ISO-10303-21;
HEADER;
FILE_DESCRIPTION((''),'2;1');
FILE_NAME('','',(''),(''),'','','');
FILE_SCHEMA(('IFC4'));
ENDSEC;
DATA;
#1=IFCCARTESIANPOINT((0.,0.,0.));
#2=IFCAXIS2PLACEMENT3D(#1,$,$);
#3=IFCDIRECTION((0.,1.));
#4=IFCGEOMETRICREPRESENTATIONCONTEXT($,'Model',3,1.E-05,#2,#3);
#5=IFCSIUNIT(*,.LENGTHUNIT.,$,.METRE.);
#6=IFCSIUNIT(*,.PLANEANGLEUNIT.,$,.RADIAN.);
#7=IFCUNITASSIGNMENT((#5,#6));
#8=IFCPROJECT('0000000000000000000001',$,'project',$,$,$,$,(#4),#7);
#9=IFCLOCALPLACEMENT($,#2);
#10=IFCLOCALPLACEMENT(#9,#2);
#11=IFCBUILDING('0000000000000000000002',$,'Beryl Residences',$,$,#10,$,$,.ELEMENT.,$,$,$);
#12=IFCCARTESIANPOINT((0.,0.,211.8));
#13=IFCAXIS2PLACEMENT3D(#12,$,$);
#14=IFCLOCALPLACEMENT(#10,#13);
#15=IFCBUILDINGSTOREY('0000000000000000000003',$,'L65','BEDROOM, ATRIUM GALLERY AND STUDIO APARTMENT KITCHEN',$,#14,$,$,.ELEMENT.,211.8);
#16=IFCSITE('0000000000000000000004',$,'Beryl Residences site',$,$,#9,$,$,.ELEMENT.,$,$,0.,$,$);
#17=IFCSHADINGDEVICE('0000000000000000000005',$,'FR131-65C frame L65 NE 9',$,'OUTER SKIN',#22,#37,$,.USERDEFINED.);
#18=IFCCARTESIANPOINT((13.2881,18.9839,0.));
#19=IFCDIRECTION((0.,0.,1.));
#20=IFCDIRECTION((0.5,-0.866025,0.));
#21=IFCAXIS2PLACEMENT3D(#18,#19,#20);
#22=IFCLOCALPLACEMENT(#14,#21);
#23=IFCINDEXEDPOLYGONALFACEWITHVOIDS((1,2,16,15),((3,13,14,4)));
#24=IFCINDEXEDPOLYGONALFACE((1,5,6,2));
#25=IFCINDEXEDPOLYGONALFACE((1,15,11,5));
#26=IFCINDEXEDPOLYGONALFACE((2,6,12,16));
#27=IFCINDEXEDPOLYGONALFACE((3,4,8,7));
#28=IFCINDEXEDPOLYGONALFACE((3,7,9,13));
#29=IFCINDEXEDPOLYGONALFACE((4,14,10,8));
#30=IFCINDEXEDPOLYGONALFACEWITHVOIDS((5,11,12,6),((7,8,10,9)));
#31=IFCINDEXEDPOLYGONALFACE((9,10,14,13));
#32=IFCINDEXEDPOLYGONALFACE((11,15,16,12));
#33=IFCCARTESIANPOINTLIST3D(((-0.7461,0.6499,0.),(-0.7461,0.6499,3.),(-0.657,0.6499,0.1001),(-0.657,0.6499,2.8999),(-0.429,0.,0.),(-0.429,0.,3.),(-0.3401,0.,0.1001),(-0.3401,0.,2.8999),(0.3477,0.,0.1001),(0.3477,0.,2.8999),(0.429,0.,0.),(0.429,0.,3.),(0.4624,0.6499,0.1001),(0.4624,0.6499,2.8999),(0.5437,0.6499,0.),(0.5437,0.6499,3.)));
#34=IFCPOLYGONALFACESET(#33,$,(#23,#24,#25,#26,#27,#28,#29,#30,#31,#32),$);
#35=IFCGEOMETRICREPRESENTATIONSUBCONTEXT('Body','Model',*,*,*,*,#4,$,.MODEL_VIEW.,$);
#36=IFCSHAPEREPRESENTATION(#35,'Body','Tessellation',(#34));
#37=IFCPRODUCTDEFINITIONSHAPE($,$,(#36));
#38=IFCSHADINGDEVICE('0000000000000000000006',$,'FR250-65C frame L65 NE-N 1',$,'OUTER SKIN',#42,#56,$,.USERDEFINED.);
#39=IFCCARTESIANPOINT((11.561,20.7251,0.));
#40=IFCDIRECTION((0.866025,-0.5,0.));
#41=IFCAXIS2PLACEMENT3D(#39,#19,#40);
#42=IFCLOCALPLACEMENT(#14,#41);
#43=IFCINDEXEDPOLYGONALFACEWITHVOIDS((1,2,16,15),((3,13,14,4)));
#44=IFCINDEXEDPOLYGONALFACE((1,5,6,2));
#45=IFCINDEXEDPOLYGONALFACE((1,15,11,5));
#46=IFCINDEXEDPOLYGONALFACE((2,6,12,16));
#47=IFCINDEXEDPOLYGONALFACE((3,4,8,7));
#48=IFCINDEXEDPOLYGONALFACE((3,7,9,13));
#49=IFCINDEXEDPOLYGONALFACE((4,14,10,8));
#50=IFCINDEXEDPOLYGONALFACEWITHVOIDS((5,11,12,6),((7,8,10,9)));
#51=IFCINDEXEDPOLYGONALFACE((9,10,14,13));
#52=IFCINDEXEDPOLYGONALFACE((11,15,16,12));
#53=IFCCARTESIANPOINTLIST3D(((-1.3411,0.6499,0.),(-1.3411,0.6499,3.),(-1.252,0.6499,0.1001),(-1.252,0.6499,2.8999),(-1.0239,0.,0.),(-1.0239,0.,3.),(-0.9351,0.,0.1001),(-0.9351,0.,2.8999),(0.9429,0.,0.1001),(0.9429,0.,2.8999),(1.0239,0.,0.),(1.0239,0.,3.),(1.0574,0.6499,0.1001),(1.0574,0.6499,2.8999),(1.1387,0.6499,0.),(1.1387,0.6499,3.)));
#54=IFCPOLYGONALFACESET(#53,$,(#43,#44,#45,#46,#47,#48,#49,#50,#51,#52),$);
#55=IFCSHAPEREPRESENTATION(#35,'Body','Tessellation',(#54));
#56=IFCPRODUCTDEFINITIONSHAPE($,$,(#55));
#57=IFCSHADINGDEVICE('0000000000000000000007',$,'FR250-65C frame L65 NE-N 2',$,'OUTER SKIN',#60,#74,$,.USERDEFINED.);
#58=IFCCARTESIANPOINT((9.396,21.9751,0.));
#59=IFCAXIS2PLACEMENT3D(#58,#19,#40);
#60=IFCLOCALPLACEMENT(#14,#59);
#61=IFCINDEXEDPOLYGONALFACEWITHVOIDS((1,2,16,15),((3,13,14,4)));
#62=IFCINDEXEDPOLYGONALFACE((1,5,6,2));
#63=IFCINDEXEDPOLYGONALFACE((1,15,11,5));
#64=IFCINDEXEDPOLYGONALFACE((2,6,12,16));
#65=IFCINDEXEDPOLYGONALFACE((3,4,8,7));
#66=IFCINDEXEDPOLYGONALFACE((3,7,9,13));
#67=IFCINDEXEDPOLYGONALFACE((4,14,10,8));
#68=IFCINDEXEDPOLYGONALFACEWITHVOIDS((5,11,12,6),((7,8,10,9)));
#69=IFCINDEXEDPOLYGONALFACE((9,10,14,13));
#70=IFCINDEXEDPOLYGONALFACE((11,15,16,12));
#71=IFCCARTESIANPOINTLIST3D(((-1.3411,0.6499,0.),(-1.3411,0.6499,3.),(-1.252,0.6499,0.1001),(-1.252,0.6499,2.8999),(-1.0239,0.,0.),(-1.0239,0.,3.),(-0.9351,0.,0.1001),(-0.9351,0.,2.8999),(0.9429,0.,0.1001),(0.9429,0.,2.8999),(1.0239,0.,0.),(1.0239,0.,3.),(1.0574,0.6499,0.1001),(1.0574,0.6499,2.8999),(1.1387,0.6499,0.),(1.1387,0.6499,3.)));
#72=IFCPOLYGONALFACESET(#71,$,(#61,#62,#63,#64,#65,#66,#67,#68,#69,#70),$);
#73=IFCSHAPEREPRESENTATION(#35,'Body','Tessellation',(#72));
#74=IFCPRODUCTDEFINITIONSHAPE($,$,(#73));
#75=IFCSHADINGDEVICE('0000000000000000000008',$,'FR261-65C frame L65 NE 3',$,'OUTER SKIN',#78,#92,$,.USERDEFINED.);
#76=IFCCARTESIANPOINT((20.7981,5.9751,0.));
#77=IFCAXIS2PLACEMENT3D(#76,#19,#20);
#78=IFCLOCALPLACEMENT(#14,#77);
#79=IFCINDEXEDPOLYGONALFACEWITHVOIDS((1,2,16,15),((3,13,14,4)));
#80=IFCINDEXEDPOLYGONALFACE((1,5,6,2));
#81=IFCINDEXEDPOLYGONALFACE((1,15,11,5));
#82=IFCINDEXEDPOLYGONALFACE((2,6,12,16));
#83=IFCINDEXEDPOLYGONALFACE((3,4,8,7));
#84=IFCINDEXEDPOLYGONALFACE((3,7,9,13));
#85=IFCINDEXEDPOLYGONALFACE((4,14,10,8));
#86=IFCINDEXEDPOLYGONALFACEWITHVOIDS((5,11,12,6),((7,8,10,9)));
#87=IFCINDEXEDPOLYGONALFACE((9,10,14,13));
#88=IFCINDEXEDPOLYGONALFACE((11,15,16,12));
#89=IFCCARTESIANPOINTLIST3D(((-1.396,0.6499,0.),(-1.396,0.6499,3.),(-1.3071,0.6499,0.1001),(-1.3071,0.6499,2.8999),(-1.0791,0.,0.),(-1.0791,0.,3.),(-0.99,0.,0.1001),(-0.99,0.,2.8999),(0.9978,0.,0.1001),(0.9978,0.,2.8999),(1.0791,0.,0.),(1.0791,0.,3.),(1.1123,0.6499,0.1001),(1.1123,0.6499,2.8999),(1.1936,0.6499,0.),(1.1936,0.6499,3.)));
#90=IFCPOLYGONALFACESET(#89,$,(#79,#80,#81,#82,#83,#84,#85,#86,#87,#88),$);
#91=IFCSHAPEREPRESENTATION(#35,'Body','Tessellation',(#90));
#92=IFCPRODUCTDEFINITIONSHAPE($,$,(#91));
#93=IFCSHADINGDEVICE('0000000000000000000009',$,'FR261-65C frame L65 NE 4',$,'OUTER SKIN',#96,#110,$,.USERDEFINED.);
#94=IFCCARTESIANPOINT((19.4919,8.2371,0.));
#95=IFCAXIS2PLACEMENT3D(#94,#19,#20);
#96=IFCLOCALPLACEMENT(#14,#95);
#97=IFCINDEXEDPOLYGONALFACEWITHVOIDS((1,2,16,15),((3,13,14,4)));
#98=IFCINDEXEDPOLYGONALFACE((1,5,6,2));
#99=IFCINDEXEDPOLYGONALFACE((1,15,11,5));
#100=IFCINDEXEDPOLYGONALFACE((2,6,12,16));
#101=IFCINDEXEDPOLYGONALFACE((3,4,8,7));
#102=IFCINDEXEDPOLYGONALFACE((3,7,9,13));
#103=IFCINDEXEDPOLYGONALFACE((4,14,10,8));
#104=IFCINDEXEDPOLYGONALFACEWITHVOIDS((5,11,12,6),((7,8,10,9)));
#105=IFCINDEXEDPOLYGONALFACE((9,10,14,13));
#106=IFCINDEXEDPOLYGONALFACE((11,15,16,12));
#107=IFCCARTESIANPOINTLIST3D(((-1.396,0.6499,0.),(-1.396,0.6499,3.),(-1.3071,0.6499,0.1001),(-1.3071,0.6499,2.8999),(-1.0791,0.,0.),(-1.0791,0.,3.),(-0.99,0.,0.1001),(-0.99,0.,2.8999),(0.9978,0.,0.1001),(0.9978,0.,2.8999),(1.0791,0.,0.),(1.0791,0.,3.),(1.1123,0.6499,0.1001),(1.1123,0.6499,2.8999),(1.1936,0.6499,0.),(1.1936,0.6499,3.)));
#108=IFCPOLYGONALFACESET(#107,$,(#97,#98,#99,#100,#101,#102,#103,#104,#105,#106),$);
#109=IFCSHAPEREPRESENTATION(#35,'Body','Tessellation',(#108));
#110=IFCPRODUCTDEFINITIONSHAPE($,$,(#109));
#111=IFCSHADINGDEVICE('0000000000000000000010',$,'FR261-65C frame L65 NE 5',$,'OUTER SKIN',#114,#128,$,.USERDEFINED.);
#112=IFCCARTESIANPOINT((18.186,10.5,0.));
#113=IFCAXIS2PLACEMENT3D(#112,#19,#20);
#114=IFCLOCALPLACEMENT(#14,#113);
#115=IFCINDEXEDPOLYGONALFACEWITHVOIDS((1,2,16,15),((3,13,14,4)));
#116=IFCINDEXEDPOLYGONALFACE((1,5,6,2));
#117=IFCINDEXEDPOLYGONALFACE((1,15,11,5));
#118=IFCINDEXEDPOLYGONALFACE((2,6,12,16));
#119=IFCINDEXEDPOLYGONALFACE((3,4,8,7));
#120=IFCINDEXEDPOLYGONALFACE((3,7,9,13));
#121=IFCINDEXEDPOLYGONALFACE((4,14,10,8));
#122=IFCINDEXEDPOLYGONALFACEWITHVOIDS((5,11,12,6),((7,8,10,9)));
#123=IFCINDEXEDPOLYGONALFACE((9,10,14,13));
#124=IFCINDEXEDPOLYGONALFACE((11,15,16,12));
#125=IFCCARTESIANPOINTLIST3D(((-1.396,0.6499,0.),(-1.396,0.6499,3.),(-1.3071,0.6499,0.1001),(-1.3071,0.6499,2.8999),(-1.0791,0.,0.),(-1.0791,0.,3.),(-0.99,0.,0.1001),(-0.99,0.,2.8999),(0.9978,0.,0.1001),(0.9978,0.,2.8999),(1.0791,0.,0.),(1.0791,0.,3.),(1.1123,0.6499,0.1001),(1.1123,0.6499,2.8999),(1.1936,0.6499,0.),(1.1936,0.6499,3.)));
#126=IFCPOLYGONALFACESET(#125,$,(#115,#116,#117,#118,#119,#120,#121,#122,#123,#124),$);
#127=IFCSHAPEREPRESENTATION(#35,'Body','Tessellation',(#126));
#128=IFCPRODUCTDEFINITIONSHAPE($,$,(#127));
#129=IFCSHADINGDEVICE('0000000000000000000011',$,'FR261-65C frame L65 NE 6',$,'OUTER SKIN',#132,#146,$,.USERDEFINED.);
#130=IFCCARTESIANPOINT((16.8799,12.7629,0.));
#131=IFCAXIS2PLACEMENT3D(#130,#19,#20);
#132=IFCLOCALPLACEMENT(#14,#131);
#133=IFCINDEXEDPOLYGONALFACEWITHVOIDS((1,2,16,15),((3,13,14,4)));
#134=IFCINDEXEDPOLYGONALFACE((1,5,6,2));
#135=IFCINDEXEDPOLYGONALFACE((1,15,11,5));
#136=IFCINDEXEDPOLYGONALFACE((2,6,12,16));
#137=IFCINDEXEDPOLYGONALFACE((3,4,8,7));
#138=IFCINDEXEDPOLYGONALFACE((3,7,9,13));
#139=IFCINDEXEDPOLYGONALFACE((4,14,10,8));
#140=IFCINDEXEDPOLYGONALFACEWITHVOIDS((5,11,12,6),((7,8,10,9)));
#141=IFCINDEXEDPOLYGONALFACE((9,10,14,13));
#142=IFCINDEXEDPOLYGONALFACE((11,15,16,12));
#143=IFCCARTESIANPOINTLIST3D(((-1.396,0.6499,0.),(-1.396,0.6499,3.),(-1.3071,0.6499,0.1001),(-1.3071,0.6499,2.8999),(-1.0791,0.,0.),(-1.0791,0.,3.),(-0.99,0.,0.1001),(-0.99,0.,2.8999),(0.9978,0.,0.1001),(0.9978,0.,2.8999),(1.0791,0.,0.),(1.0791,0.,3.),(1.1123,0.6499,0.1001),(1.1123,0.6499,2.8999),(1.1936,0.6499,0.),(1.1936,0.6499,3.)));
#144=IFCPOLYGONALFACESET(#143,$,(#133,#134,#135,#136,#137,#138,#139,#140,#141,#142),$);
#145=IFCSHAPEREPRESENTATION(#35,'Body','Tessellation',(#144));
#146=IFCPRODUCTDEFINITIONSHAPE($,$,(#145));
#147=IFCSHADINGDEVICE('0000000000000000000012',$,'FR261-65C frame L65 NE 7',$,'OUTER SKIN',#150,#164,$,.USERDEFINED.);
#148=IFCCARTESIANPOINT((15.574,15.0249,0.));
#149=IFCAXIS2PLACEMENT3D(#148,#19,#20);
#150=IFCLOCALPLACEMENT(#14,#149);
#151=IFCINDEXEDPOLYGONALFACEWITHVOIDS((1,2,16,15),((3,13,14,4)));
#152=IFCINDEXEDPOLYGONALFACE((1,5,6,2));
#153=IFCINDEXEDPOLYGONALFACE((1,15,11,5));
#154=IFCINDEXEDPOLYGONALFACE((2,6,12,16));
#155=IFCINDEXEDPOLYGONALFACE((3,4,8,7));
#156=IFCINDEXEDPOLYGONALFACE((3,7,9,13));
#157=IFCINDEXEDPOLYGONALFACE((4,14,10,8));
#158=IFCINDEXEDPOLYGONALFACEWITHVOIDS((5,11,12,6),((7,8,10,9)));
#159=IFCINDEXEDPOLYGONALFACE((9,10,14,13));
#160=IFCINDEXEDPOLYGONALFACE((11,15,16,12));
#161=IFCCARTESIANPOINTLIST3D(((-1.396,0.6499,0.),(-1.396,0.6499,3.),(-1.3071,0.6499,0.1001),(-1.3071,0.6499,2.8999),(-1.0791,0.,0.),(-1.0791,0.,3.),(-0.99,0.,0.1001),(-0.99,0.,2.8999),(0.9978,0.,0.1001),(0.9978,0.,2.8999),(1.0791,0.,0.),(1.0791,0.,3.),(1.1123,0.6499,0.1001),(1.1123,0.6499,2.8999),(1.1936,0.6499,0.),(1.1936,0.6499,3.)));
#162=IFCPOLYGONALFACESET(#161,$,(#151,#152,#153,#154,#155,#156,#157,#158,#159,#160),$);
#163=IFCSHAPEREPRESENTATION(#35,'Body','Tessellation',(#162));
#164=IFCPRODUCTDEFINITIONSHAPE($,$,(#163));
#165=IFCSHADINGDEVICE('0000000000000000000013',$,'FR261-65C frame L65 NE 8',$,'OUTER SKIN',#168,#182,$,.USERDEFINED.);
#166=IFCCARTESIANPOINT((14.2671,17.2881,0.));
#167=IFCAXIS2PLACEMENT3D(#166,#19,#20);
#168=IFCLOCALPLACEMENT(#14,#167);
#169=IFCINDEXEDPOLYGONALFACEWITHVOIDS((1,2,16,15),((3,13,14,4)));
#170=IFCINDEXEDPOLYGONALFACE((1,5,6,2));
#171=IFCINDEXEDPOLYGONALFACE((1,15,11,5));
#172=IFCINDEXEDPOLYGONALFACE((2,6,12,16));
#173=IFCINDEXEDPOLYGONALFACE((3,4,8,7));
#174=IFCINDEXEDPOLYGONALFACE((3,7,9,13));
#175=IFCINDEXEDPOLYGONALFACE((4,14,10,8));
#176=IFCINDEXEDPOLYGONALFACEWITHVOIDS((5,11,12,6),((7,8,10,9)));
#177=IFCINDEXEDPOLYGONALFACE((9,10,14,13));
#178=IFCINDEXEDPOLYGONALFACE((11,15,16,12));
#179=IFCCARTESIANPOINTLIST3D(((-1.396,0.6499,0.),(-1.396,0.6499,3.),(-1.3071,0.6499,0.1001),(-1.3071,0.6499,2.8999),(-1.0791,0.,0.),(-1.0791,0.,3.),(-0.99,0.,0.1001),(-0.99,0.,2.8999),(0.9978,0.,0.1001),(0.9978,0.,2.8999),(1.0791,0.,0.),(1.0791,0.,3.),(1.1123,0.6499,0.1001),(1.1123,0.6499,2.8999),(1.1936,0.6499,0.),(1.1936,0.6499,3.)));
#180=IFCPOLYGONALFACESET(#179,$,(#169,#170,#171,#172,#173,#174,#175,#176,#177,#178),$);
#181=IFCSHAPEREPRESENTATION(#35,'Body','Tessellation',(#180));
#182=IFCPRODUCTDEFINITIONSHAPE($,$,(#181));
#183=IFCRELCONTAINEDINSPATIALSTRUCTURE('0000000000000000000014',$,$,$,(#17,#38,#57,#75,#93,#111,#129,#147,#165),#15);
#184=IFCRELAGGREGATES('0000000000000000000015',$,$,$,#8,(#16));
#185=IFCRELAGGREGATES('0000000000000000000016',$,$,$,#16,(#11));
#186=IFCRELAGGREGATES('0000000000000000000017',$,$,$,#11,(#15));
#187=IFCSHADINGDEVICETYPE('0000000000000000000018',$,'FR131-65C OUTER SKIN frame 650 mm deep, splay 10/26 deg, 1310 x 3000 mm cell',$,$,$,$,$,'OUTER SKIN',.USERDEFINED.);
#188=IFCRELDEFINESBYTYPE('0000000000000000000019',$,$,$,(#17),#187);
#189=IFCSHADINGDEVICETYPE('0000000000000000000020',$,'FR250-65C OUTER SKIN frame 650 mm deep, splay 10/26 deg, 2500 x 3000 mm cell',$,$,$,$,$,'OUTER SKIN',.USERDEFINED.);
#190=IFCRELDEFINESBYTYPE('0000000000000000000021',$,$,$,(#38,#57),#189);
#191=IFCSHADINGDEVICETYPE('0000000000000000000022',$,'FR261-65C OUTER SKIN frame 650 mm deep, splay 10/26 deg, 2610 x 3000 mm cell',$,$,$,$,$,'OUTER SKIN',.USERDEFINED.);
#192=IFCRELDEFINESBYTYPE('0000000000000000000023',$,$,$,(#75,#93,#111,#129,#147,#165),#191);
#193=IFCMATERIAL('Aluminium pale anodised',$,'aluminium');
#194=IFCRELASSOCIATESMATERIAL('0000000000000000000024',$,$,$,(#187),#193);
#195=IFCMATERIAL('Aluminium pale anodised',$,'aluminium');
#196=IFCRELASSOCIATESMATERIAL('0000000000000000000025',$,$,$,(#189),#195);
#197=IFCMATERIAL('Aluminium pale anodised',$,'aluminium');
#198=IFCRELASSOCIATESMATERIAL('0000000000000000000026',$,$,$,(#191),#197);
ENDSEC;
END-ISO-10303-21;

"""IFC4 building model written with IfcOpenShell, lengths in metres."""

from ifc_helpers import new_model, entity, si_unit, direction, frame, origin, place, context, subcontext, project, spatial, source, transform, mapped, material, type_object, type_shapes, element, save


model = new_model("IFC4")

# Units and contexts
model_context = context("Model", 3, precision=1e-05, world=origin(), true_north=direction((0.0, 1.0)))
body_context = subcontext(model_context, "Body", "Model", "MODEL_VIEW")
ifc_project = project(units=[si_unit("LENGTHUNIT", "METRE"), si_unit("PLANEANGLEUNIT", "RADIAN")], contexts=[model_context])

# Site, building, storey
site_placement = place(None, origin())
site = spatial("IfcSite", under=ifc_project, at=site_placement, Name="Beryl Residences site", CompositionType="ELEMENT", RefElevation=0.0)
building_placement = place(site_placement, origin())
building = spatial("IfcBuilding", under=site, at=building_placement, Name="Beryl Residences", CompositionType="ELEMENT")
storey_placement = place(building_placement, frame((0.0, 0.0, 211.8)))
storey = spatial("IfcBuildingStorey", under=building, at=storey_placement, Name="L65", Description="BEDROOM, ATRIUM GALLERY AND STUDIO APARTMENT KITCHEN", CompositionType="ELEMENT", Elevation=211.8)

# Shading devices
ifc_material_1 = material(Name="Aluminium pale anodised", Category="aluminium")
shading_device_type_1 = type_object("IfcShadingDeviceType", Name="FR131-65C OUTER SKIN frame 650 mm deep, splay 10/26 deg, 1310 x 3000 mm cell", ElementType="OUTER SKIN", PredefinedType="USERDEFINED", material=ifc_material_1)
cartesian_point_1 = entity("IfcCartesianPoint", [-0.429, 0.0])
cartesian_point_2 = entity("IfcCartesianPoint", [-0.3477, 0.1001])
cartesian_point_3 = entity("IfcCartesianPoint", [-0.5437, 0.0])
cartesian_point_4 = entity("IfcCartesianPoint", [-0.4624, 0.1001])
shared_shape_1 = source(origin(), body_context, "Body", "SweptSolid", [
    entity("IfcExtrudedAreaSolidTapered", entity("IfcArbitraryProfileDefWithVoids", "AREA", None, entity("IfcPolyline", [cartesian_point_1, entity("IfcCartesianPoint", [0.429, 0.0]), entity("IfcCartesianPoint", [0.429, 3.0]), entity("IfcCartesianPoint", [-0.429, 3.0]), cartesian_point_1]), [entity("IfcPolyline", [cartesian_point_2, entity("IfcCartesianPoint", [0.3401, 0.1001]), entity("IfcCartesianPoint", [0.3401, 2.8999]), entity("IfcCartesianPoint", [-0.3477, 2.8999]), cartesian_point_2])]), entity("IfcAxis2Placement3D", entity("IfcCartesianPoint", [0.0, 0.0, 0.0]), entity("IfcDirection", [0.0, 1.0, 0.0]), entity("IfcDirection", [-1.0, 0.0, 0.0])), entity("IfcDirection", [0.0, 0.0, 1.0]), 0.6499, entity("IfcArbitraryProfileDefWithVoids", "AREA", None, entity("IfcPolyline", [cartesian_point_3, entity("IfcCartesianPoint", [0.7461, 0.0]), entity("IfcCartesianPoint", [0.7461, 3.0]), entity("IfcCartesianPoint", [-0.5437, 3.0]), cartesian_point_3]), [entity("IfcPolyline", [cartesian_point_4, entity("IfcCartesianPoint", [0.657, 0.1001]), entity("IfcCartesianPoint", [0.657, 2.8999]), entity("IfcCartesianPoint", [-0.4624, 2.8999]), cartesian_point_4])])),
])
type_shapes(shading_device_type_1, [shared_shape_1])
shading_device_placement = place(storey_placement, frame((13.2881, 18.9839, 0.0), z_axis=(0.0, 0.0, 1.0), x_axis=(0.5, -0.866025, 0.0)))
element("IfcShadingDevice", 1, at=shading_device_placement, inside=storey, type_object=shading_device_type_1, Name="FR131-65C frame L65 NE 9", ObjectType="OUTER SKIN", PredefinedType="USERDEFINED", context=body_context, shape_type="MappedRepresentation", body=[
    mapped(shared_shape_1, transform((0.0, 0.0, 0.0))),
])
ifc_material_2 = material(Name="Aluminium pale anodised", Category="aluminium")
shading_device_type_2 = type_object("IfcShadingDeviceType", Name="FR250-65C OUTER SKIN frame 650 mm deep, splay 10/26 deg, 2500 x 3000 mm cell", ElementType="OUTER SKIN", PredefinedType="USERDEFINED", material=ifc_material_2)
cartesian_point_5 = entity("IfcCartesianPoint", [-1.0239, 0.0])
cartesian_point_6 = entity("IfcCartesianPoint", [-0.9429, 0.1001])
cartesian_point_7 = entity("IfcCartesianPoint", [-1.1387, 0.0])
cartesian_point_8 = entity("IfcCartesianPoint", [-1.0574, 0.1001])
shared_shape_2 = source(origin(), body_context, "Body", "SweptSolid", [
    entity("IfcExtrudedAreaSolidTapered", entity("IfcArbitraryProfileDefWithVoids", "AREA", None, entity("IfcPolyline", [cartesian_point_5, entity("IfcCartesianPoint", [1.0239, 0.0]), entity("IfcCartesianPoint", [1.0239, 3.0]), entity("IfcCartesianPoint", [-1.0239, 3.0]), cartesian_point_5]), [entity("IfcPolyline", [cartesian_point_6, entity("IfcCartesianPoint", [0.9351, 0.1001]), entity("IfcCartesianPoint", [0.9351, 2.8999]), entity("IfcCartesianPoint", [-0.9429, 2.8999]), cartesian_point_6])]), entity("IfcAxis2Placement3D", entity("IfcCartesianPoint", [0.0, 0.0, 0.0]), entity("IfcDirection", [0.0, 1.0, 0.0]), entity("IfcDirection", [-1.0, 0.0, 0.0])), entity("IfcDirection", [0.0, 0.0, 1.0]), 0.6499, entity("IfcArbitraryProfileDefWithVoids", "AREA", None, entity("IfcPolyline", [cartesian_point_7, entity("IfcCartesianPoint", [1.3411, 0.0]), entity("IfcCartesianPoint", [1.3411, 3.0]), entity("IfcCartesianPoint", [-1.1387, 3.0]), cartesian_point_7]), [entity("IfcPolyline", [cartesian_point_8, entity("IfcCartesianPoint", [1.252, 0.1001]), entity("IfcCartesianPoint", [1.252, 2.8999]), entity("IfcCartesianPoint", [-1.0574, 2.8999]), cartesian_point_8])])),
])
type_shapes(shading_device_type_2, [shared_shape_2])
for number, where, z_axis, x_axis, name in (
    (2, (11.561, 20.7251, 0.0), (0.0, 0.0, 1.0), (0.866025, -0.5, 0.0), "FR250-65C frame L65 NE-N 1"),
    (3, (9.396, 21.9751, 0.0), (0.0, 0.0, 1.0), (0.866025, -0.5, 0.0), "FR250-65C frame L65 NE-N 2"),
):
    element("IfcShadingDevice", number, at=place(storey_placement, frame(where, z_axis=z_axis, x_axis=x_axis)), inside=storey, type_object=shading_device_type_2, Name=name, ObjectType="OUTER SKIN", PredefinedType="USERDEFINED", context=body_context, shape_type="MappedRepresentation", body=[
        mapped(shared_shape_2, transform((0.0, 0.0, 0.0))),
    ])
ifc_material_3 = material(Name="Aluminium pale anodised", Category="aluminium")
shading_device_type_3 = type_object("IfcShadingDeviceType", Name="FR261-65C OUTER SKIN frame 650 mm deep, splay 10/26 deg, 2610 x 3000 mm cell", ElementType="OUTER SKIN", PredefinedType="USERDEFINED", material=ifc_material_3)
cartesian_point_9 = entity("IfcCartesianPoint", [-1.0791, 0.0])
cartesian_point_10 = entity("IfcCartesianPoint", [-0.9978, 0.1001])
cartesian_point_11 = entity("IfcCartesianPoint", [-1.1936, 0.0])
cartesian_point_12 = entity("IfcCartesianPoint", [-1.1123, 0.1001])
shared_shape_3 = source(origin(), body_context, "Body", "SweptSolid", [
    entity("IfcExtrudedAreaSolidTapered", entity("IfcArbitraryProfileDefWithVoids", "AREA", None, entity("IfcPolyline", [cartesian_point_9, entity("IfcCartesianPoint", [1.0791, 0.0]), entity("IfcCartesianPoint", [1.0791, 3.0]), entity("IfcCartesianPoint", [-1.0791, 3.0]), cartesian_point_9]), [entity("IfcPolyline", [cartesian_point_10, entity("IfcCartesianPoint", [0.99, 0.1001]), entity("IfcCartesianPoint", [0.99, 2.8999]), entity("IfcCartesianPoint", [-0.9978, 2.8999]), cartesian_point_10])]), entity("IfcAxis2Placement3D", entity("IfcCartesianPoint", [0.0, 0.0, 0.0]), entity("IfcDirection", [0.0, 1.0, 0.0]), entity("IfcDirection", [-1.0, 0.0, 0.0])), entity("IfcDirection", [0.0, 0.0, 1.0]), 0.6499, entity("IfcArbitraryProfileDefWithVoids", "AREA", None, entity("IfcPolyline", [cartesian_point_11, entity("IfcCartesianPoint", [1.396, 0.0]), entity("IfcCartesianPoint", [1.396, 3.0]), entity("IfcCartesianPoint", [-1.1936, 3.0]), cartesian_point_11]), [entity("IfcPolyline", [cartesian_point_12, entity("IfcCartesianPoint", [1.3071, 0.1001]), entity("IfcCartesianPoint", [1.3071, 2.8999]), entity("IfcCartesianPoint", [-1.1123, 2.8999]), cartesian_point_12])])),
])
type_shapes(shading_device_type_3, [shared_shape_3])
for number, where, z_axis, x_axis, name in (
    (4, (20.7981, 5.9751, 0.0), (0.0, 0.0, 1.0), (0.5, -0.866025, 0.0), "FR261-65C frame L65 NE 3"),
    (5, (19.4919, 8.2371, 0.0), (0.0, 0.0, 1.0), (0.5, -0.866025, 0.0), "FR261-65C frame L65 NE 4"),
    (6, (18.186, 10.5, 0.0), (0.0, 0.0, 1.0), (0.5, -0.866025, 0.0), "FR261-65C frame L65 NE 5"),
    (7, (16.8799, 12.7629, 0.0), (0.0, 0.0, 1.0), (0.5, -0.866025, 0.0), "FR261-65C frame L65 NE 6"),
    (8, (15.574, 15.0249, 0.0), (0.0, 0.0, 1.0), (0.5, -0.866025, 0.0), "FR261-65C frame L65 NE 7"),
    (9, (14.2671, 17.2881, 0.0), (0.0, 0.0, 1.0), (0.5, -0.866025, 0.0), "FR261-65C frame L65 NE 8"),
):
    element("IfcShadingDevice", number, at=place(storey_placement, frame(where, z_axis=z_axis, x_axis=x_axis)), inside=storey, type_object=shading_device_type_3, Name=name, ObjectType="OUTER SKIN", PredefinedType="USERDEFINED", context=body_context, shape_type="MappedRepresentation", body=[
        mapped(shared_shape_3, transform((0.0, 0.0, 0.0))),
    ])

save(model, "model.ifc")
